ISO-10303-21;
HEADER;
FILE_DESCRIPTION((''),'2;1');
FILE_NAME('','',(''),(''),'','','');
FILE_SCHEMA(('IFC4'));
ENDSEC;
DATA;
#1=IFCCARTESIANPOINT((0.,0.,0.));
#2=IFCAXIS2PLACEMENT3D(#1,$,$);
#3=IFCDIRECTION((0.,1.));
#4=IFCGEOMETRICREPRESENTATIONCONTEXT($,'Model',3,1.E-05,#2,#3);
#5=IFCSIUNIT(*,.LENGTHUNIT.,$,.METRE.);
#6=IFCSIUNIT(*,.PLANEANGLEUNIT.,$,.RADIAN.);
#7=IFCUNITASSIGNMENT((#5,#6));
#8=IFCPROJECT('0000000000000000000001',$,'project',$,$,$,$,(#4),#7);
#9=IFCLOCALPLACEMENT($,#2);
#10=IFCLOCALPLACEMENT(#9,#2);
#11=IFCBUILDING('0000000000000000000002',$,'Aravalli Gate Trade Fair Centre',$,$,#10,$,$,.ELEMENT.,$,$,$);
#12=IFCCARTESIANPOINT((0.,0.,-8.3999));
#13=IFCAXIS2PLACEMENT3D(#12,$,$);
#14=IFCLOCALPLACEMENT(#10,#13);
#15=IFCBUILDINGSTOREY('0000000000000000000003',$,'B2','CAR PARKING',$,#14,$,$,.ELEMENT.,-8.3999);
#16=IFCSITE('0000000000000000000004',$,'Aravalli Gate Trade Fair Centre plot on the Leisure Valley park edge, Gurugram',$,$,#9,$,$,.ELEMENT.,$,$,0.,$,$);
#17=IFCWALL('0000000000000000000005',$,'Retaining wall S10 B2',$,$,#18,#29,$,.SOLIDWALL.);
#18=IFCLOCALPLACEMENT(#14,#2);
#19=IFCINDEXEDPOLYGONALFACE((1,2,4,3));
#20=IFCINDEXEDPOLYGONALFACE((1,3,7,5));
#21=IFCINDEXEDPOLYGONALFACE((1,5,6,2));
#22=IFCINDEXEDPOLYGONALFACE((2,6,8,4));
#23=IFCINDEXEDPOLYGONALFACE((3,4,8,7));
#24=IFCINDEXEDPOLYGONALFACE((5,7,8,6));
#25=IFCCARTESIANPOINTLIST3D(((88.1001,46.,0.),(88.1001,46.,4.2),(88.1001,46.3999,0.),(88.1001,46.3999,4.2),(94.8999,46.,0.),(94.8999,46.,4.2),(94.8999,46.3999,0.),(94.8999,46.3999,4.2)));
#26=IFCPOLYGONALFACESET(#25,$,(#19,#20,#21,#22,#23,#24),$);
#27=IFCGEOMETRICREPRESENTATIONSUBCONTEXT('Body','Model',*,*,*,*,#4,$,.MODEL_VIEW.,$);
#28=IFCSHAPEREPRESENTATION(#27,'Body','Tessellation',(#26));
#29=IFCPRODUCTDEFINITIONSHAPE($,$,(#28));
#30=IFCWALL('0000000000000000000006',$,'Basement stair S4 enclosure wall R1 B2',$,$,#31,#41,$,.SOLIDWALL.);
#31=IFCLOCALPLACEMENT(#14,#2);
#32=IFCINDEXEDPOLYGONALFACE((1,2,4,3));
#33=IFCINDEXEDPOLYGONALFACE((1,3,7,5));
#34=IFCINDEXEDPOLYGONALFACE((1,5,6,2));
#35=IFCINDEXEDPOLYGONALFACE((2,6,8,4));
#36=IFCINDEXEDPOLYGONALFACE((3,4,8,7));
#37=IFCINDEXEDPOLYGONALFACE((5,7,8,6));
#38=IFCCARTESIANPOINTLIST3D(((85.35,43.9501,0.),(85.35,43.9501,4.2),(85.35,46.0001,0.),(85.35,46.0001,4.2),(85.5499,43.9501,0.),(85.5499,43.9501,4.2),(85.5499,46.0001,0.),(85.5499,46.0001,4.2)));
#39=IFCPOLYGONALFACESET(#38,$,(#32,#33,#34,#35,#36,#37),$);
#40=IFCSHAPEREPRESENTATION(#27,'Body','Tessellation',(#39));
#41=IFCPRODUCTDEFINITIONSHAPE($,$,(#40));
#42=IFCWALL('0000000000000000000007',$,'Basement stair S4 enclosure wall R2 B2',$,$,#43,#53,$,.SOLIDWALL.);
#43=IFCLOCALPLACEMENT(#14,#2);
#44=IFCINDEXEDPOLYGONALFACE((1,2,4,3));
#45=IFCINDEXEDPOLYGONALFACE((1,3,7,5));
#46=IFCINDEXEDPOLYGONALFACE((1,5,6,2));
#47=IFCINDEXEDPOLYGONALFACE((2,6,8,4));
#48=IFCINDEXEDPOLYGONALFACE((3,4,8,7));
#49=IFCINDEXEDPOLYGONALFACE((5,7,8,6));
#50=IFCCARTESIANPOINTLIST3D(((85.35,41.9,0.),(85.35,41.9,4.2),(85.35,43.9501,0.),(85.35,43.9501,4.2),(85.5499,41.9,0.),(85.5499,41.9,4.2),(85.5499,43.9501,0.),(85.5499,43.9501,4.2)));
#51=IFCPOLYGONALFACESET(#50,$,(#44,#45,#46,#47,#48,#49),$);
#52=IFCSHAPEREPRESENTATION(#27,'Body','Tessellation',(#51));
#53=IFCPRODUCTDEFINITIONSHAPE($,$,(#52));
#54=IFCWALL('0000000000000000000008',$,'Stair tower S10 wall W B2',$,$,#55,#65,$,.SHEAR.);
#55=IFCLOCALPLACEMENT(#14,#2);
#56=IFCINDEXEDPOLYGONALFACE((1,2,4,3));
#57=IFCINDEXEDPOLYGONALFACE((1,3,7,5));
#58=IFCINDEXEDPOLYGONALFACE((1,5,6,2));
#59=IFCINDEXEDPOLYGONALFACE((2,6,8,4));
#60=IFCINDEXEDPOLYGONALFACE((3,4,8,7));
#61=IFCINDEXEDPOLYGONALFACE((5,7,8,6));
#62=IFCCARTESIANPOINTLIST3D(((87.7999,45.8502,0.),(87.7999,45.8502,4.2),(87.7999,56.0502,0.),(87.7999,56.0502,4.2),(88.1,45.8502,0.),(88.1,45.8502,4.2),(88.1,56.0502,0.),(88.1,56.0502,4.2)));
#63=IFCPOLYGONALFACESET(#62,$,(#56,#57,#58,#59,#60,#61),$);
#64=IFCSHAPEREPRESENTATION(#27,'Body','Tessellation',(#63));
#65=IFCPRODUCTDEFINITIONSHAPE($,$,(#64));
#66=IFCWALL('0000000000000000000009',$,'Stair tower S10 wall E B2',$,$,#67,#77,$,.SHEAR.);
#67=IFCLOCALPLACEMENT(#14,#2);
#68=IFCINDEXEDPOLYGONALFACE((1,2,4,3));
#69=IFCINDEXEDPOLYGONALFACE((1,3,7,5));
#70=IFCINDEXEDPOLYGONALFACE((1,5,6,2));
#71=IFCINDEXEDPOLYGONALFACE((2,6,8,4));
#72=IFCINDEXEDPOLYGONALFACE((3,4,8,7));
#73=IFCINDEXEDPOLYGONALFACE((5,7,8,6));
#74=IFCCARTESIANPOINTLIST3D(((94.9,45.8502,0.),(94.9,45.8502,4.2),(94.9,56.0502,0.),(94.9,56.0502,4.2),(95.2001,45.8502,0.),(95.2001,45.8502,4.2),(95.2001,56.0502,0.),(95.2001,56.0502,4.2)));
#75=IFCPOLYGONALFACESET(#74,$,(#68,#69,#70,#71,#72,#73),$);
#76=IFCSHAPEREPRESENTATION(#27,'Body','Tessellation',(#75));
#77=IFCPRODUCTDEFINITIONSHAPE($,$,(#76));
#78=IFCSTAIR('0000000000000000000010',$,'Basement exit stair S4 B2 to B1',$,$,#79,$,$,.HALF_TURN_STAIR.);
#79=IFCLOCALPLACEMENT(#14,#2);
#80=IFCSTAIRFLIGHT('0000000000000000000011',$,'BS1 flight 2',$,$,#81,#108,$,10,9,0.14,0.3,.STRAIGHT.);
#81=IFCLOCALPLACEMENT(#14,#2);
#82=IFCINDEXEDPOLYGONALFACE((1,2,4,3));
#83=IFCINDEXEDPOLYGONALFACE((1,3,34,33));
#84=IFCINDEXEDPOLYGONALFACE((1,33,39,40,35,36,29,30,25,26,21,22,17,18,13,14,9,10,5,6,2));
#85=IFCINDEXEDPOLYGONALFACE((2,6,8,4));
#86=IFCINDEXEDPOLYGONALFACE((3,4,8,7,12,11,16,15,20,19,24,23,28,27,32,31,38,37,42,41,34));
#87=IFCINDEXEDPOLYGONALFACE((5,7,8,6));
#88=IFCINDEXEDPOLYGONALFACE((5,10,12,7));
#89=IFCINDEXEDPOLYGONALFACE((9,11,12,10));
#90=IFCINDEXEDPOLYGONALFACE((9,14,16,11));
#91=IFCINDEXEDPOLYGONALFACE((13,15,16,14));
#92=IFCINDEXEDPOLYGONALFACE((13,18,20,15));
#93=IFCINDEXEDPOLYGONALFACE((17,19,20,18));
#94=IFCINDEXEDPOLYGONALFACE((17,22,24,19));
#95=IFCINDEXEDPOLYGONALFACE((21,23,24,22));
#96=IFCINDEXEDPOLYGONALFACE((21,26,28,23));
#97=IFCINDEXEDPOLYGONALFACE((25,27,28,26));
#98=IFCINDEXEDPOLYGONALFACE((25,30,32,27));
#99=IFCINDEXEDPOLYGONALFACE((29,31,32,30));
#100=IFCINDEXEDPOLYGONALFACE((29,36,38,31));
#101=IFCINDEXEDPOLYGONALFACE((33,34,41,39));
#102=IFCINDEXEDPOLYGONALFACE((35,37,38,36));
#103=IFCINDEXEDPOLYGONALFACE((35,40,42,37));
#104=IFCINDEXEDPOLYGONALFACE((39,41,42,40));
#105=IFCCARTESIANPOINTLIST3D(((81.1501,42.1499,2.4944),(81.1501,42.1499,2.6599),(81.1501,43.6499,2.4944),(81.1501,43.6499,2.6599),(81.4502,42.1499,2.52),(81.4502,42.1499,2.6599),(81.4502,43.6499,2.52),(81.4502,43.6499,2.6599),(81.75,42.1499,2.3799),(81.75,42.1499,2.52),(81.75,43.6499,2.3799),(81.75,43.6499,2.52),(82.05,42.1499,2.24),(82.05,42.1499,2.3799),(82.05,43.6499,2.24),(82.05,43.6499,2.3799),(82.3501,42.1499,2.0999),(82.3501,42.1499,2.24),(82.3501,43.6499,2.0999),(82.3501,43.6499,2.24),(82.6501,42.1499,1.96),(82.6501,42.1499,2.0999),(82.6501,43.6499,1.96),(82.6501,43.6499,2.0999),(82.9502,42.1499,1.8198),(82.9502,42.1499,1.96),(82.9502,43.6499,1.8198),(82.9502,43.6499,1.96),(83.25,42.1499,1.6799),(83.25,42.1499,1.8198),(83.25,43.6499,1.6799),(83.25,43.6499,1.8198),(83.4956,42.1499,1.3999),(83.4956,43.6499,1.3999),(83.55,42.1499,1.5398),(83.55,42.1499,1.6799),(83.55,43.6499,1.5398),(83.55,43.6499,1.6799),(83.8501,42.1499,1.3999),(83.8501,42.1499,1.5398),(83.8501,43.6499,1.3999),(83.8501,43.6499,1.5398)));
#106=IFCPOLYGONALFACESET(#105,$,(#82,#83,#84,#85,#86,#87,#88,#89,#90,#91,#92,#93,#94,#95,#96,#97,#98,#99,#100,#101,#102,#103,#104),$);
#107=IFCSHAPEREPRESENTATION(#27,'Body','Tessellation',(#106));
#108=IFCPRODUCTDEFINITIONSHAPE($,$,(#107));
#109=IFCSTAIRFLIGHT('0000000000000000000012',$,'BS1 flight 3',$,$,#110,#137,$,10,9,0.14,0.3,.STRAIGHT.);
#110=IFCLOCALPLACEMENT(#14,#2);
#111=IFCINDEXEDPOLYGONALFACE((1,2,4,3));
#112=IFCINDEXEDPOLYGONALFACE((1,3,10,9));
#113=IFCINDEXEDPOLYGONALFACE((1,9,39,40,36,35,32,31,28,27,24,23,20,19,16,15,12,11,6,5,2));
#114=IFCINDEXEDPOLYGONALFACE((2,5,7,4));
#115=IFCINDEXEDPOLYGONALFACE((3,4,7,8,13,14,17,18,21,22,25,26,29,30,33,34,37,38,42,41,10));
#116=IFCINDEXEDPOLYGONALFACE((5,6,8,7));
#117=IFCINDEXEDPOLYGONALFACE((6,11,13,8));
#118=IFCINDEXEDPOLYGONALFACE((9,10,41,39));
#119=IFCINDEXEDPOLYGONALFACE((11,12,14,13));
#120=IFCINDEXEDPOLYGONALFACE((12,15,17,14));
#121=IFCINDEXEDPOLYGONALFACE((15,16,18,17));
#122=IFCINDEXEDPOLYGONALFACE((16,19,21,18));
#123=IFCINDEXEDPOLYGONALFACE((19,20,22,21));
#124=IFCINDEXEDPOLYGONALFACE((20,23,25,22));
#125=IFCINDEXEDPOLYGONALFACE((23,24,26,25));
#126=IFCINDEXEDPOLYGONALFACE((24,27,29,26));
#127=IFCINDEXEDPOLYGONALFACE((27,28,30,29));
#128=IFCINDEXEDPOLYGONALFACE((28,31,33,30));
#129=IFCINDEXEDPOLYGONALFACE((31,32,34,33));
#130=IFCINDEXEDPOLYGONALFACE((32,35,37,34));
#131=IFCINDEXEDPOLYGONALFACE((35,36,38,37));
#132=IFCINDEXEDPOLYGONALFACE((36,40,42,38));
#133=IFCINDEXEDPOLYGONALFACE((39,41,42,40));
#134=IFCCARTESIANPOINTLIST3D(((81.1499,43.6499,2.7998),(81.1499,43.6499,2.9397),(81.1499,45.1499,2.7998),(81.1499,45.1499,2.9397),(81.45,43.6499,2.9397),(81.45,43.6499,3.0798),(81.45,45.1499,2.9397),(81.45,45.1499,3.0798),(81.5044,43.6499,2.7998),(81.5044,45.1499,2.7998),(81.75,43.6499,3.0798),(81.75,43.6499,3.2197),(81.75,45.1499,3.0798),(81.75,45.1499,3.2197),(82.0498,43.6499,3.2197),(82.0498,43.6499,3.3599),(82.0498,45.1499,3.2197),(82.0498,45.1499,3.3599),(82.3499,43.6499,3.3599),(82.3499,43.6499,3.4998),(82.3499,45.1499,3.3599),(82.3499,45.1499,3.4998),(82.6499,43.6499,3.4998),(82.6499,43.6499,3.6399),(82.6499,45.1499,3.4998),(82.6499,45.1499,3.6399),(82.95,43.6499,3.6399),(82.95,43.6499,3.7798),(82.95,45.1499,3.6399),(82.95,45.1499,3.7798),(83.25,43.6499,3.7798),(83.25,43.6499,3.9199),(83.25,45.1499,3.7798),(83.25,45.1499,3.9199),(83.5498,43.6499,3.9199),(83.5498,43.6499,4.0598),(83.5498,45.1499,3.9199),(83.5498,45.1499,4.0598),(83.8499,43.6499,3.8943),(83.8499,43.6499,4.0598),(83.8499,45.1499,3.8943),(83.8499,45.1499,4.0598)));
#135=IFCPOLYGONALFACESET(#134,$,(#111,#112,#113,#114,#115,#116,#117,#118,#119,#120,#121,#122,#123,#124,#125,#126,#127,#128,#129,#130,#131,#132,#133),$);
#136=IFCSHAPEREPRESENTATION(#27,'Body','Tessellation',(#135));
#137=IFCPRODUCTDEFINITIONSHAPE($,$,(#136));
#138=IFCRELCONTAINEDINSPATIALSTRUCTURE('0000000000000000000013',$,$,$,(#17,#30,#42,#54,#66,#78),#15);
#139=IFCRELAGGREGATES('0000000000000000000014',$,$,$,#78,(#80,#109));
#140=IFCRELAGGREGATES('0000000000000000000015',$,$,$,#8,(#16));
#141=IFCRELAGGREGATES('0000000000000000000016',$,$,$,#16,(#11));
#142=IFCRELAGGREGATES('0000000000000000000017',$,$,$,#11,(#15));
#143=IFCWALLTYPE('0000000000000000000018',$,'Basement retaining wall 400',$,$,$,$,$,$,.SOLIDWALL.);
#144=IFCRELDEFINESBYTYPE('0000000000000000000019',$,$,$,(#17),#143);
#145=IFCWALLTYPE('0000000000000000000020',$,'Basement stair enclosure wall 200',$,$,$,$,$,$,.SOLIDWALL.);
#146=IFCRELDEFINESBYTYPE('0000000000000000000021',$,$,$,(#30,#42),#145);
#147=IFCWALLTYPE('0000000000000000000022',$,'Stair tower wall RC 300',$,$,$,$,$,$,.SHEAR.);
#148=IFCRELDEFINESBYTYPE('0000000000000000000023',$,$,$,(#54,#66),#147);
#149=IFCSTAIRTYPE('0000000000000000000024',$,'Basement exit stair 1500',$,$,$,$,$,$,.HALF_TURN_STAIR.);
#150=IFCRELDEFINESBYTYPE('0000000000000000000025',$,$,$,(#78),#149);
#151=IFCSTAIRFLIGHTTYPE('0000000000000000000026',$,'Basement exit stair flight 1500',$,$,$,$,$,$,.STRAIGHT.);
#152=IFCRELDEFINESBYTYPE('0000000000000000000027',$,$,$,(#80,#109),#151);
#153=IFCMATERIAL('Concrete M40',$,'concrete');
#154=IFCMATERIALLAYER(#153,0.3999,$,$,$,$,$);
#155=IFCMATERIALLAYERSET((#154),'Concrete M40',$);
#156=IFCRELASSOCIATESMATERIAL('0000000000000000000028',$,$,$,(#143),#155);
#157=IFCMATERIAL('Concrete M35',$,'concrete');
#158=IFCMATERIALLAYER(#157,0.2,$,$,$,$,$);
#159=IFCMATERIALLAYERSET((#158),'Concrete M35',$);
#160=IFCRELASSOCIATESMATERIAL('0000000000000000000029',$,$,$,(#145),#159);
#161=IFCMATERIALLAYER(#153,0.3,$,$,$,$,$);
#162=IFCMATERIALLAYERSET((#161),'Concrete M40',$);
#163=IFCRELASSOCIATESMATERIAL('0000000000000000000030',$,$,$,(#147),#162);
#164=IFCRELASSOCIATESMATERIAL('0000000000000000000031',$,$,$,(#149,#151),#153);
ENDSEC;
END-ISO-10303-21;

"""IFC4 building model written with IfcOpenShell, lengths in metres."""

from ifc_helpers import new_model, si_unit, direction, frame, frame_2d, origin, place, context, subcontext, project, spatial, polyline, rectangle, outline, extrude, material, layer, layer_set, type_object, element, aggregate, save


model = new_model("IFC4")

# Units and contexts
model_context = context("Model", 3, precision=1e-05, world=origin(), true_north=direction((0.0, 1.0)))
body_context = subcontext(model_context, "Body", "Model", "MODEL_VIEW")
ifc_project = project(units=[si_unit("LENGTHUNIT", "METRE"), si_unit("PLANEANGLEUNIT", "RADIAN")], contexts=[model_context])

# Site, building, storey
site_placement = place(None, origin())
site = spatial("IfcSite", under=ifc_project, at=site_placement, Name="Aravalli Gate Trade Fair Centre plot on the Leisure Valley park edge, Gurugram", CompositionType="ELEMENT", RefElevation=0.0)
building_placement = place(site_placement, origin())
building = spatial("IfcBuilding", under=site, at=building_placement, Name="Aravalli Gate Trade Fair Centre", CompositionType="ELEMENT")
storey_placement = place(building_placement, frame((0.0, 0.0, -8.3999)))
storey = spatial("IfcBuildingStorey", under=building, at=storey_placement, Name="B2", Description="CAR PARKING", CompositionType="ELEMENT", Elevation=-8.3999)

# Shared definitions
ifc_material_1 = material(Name="Concrete M35", Category="concrete")

# Walls
ifc_material_2 = material(Name="Concrete M40", Category="concrete")
ifc_layer_1 = layer(ifc_material_2, 0.3999)
ifc_layer_set_1 = layer_set([ifc_layer_1], Name="Concrete M40")
wall_type_1 = type_object("IfcWallType", Name="Basement retaining wall 400", PredefinedType="SOLIDWALL", material=ifc_layer_set_1)
wall_placement = place(storey_placement, frame((88.1001, 46.2, 0.0), z_axis=(0.0, 0.0, 1.0), x_axis=(1.0, 0.0, 0.0)))
element("IfcWall", 1, at=wall_placement, inside=storey, type_object=wall_type_1, Name="Retaining wall S10 B2", PredefinedType="SOLIDWALL", context=body_context, shape_type="SweptSolid", body=[
    extrude(rectangle(XDim=6.7998, YDim=0.3999, at=frame_2d((3.3999, 0.0))), origin(), (0.0, 0.0, 1.0), 4.2),
])
ifc_layer_2 = layer(ifc_material_1, 0.2)
ifc_layer_set_2 = layer_set([ifc_layer_2], Name="Concrete M35")
wall_type_2 = type_object("IfcWallType", Name="Basement stair enclosure wall 200", PredefinedType="SOLIDWALL", material=ifc_layer_set_2)
for number, where, z_axis, x_axis, name in (
    (2, (85.45, 46.0, 0.0), (0.0, 0.0, 1.0), (0.0, -1.0, 0.0), "Basement stair S4 enclosure wall R1 B2"),
    (3, (85.45, 43.95, 0.0), (0.0, 0.0, 1.0), (0.0, -1.0, 0.0), "Basement stair S4 enclosure wall R2 B2"),
):
    element("IfcWall", number, at=place(storey_placement, frame(where, z_axis=z_axis, x_axis=x_axis)), inside=storey, type_object=wall_type_2, Name=name, PredefinedType="SOLIDWALL", context=body_context, shape_type="SweptSolid", body=[
        extrude(rectangle(XDim=2.05, YDim=0.2, at=frame_2d((1.0249, 0.0))), origin(), (0.0, 0.0, 1.0), 4.2),
    ])
ifc_layer_3 = layer(ifc_material_2, 0.3)
ifc_layer_set_3 = layer_set([ifc_layer_3], Name="Concrete M40")
wall_type_3 = type_object("IfcWallType", Name="Stair tower wall RC 300", PredefinedType="SHEAR", material=ifc_layer_set_3)
for number, where, z_axis, x_axis, name in (
    (4, (87.95, 45.8501, 0.0), (0.0, 0.0, 1.0), (0.0, 1.0, 0.0), "Stair tower S10 wall W B2"),
    (5, (95.05, 45.8501, 0.0), (0.0, 0.0, 1.0), (0.0, 1.0, 0.0), "Stair tower S10 wall E B2"),
):
    element("IfcWall", number, at=place(storey_placement, frame(where, z_axis=z_axis, x_axis=x_axis)), inside=storey, type_object=wall_type_3, Name=name, PredefinedType="SHEAR", context=body_context, shape_type="SweptSolid", body=[
        extrude(rectangle(XDim=10.2, YDim=0.3, at=frame_2d((5.1001, 0.0))), origin(), (0.0, 0.0, 1.0), 4.2),
    ])

# Stair, stair flights
stair_type = type_object("IfcStairType", Name="Basement exit stair 1500", PredefinedType="HALF_TURN_STAIR", material=ifc_material_2)
stair_placement = place(storey_placement, origin())
stair = element("IfcStair", 6, at=stair_placement, inside=storey, type_object=stair_type, Name="Basement exit stair S4 B2 to B1", PredefinedType="HALF_TURN_STAIR")
stair_flight_type = type_object("IfcStairFlightType", Name="Basement exit stair flight 1500", PredefinedType="STRAIGHT", material=ifc_material_2)
stair_flight_1_placement = place(storey_placement, frame((83.8501, 42.8999, 1.3999), z_axis=(0.0, 0.0, 1.0), x_axis=(-1.0, 0.0, 0.0)))
stair_flight_1 = element("IfcStairFlight", 7, at=stair_flight_1_placement, type_object=stair_flight_type, Name="BS1 flight 2", NumberOfRisers=10, NumberOfTreads=9, PredefinedType="STRAIGHT", RiserHeight=0.14, TreadLength=0.3, context=body_context, shape_type="SweptSolid", body=[
    extrude(outline(polyline([(0.0, 0.0), (0.0, 0.1399), (0.3, 0.1399), (0.3, 0.28), (0.6001, 0.28), (0.6001, 0.4199), (0.8999, 0.4199), (0.8999, 0.5601), (1.2, 0.5601), (1.2, 0.7), (1.5, 0.7), (1.5, 0.8401), (1.8, 0.8401), (1.8, 0.98), (2.1001, 0.98), (2.1001, 1.1201), (2.3999, 1.1201), (2.3999, 1.26), (2.7, 1.26), (2.7, 1.3999), (2.7, 1.0945), (0.3545, 0.0), (0.0, 0.0)])), frame((0.0, 0.75, 0.0), z_axis=(0.0, -1.0, 0.0), x_axis=(1.0, 0.0, 0.0)), (0.0, 0.0, 1.0), 1.5),
])
stair_flight_2_placement = place(storey_placement, frame((81.1499, 44.3999, 2.7998), z_axis=(0.0, 0.0, 1.0), x_axis=(1.0, 0.0, 0.0)))
stair_flight_2 = element("IfcStairFlight", 8, at=stair_flight_2_placement, type_object=stair_flight_type, Name="BS1 flight 3", NumberOfRisers=10, NumberOfTreads=9, PredefinedType="STRAIGHT", RiserHeight=0.14, TreadLength=0.3, context=body_context, shape_type="SweptSolid", body=[
    extrude(outline(polyline([(0.0, 0.0), (0.0, 0.1399), (0.3, 0.1399), (0.3, 0.28), (0.6001, 0.28), (0.6001, 0.4199), (0.8999, 0.4199), (0.8999, 0.5601), (1.2, 0.5601), (1.2, 0.7), (1.5, 0.7), (1.5, 0.8401), (1.8, 0.8401), (1.8, 0.98), (2.1001, 0.98), (2.1001, 1.1201), (2.3999, 1.1201), (2.3999, 1.26), (2.7, 1.26), (2.7, 1.3999), (2.7, 1.0945), (0.3545, 0.0), (0.0, 0.0)])), frame((0.0, 0.75, 0.0), z_axis=(0.0, -1.0, 0.0), x_axis=(1.0, 0.0, 0.0)), (0.0, 0.0, 1.0), 1.5),
])
aggregate(stair, [stair_flight_1, stair_flight_2])

save(model, "model.ifc")
